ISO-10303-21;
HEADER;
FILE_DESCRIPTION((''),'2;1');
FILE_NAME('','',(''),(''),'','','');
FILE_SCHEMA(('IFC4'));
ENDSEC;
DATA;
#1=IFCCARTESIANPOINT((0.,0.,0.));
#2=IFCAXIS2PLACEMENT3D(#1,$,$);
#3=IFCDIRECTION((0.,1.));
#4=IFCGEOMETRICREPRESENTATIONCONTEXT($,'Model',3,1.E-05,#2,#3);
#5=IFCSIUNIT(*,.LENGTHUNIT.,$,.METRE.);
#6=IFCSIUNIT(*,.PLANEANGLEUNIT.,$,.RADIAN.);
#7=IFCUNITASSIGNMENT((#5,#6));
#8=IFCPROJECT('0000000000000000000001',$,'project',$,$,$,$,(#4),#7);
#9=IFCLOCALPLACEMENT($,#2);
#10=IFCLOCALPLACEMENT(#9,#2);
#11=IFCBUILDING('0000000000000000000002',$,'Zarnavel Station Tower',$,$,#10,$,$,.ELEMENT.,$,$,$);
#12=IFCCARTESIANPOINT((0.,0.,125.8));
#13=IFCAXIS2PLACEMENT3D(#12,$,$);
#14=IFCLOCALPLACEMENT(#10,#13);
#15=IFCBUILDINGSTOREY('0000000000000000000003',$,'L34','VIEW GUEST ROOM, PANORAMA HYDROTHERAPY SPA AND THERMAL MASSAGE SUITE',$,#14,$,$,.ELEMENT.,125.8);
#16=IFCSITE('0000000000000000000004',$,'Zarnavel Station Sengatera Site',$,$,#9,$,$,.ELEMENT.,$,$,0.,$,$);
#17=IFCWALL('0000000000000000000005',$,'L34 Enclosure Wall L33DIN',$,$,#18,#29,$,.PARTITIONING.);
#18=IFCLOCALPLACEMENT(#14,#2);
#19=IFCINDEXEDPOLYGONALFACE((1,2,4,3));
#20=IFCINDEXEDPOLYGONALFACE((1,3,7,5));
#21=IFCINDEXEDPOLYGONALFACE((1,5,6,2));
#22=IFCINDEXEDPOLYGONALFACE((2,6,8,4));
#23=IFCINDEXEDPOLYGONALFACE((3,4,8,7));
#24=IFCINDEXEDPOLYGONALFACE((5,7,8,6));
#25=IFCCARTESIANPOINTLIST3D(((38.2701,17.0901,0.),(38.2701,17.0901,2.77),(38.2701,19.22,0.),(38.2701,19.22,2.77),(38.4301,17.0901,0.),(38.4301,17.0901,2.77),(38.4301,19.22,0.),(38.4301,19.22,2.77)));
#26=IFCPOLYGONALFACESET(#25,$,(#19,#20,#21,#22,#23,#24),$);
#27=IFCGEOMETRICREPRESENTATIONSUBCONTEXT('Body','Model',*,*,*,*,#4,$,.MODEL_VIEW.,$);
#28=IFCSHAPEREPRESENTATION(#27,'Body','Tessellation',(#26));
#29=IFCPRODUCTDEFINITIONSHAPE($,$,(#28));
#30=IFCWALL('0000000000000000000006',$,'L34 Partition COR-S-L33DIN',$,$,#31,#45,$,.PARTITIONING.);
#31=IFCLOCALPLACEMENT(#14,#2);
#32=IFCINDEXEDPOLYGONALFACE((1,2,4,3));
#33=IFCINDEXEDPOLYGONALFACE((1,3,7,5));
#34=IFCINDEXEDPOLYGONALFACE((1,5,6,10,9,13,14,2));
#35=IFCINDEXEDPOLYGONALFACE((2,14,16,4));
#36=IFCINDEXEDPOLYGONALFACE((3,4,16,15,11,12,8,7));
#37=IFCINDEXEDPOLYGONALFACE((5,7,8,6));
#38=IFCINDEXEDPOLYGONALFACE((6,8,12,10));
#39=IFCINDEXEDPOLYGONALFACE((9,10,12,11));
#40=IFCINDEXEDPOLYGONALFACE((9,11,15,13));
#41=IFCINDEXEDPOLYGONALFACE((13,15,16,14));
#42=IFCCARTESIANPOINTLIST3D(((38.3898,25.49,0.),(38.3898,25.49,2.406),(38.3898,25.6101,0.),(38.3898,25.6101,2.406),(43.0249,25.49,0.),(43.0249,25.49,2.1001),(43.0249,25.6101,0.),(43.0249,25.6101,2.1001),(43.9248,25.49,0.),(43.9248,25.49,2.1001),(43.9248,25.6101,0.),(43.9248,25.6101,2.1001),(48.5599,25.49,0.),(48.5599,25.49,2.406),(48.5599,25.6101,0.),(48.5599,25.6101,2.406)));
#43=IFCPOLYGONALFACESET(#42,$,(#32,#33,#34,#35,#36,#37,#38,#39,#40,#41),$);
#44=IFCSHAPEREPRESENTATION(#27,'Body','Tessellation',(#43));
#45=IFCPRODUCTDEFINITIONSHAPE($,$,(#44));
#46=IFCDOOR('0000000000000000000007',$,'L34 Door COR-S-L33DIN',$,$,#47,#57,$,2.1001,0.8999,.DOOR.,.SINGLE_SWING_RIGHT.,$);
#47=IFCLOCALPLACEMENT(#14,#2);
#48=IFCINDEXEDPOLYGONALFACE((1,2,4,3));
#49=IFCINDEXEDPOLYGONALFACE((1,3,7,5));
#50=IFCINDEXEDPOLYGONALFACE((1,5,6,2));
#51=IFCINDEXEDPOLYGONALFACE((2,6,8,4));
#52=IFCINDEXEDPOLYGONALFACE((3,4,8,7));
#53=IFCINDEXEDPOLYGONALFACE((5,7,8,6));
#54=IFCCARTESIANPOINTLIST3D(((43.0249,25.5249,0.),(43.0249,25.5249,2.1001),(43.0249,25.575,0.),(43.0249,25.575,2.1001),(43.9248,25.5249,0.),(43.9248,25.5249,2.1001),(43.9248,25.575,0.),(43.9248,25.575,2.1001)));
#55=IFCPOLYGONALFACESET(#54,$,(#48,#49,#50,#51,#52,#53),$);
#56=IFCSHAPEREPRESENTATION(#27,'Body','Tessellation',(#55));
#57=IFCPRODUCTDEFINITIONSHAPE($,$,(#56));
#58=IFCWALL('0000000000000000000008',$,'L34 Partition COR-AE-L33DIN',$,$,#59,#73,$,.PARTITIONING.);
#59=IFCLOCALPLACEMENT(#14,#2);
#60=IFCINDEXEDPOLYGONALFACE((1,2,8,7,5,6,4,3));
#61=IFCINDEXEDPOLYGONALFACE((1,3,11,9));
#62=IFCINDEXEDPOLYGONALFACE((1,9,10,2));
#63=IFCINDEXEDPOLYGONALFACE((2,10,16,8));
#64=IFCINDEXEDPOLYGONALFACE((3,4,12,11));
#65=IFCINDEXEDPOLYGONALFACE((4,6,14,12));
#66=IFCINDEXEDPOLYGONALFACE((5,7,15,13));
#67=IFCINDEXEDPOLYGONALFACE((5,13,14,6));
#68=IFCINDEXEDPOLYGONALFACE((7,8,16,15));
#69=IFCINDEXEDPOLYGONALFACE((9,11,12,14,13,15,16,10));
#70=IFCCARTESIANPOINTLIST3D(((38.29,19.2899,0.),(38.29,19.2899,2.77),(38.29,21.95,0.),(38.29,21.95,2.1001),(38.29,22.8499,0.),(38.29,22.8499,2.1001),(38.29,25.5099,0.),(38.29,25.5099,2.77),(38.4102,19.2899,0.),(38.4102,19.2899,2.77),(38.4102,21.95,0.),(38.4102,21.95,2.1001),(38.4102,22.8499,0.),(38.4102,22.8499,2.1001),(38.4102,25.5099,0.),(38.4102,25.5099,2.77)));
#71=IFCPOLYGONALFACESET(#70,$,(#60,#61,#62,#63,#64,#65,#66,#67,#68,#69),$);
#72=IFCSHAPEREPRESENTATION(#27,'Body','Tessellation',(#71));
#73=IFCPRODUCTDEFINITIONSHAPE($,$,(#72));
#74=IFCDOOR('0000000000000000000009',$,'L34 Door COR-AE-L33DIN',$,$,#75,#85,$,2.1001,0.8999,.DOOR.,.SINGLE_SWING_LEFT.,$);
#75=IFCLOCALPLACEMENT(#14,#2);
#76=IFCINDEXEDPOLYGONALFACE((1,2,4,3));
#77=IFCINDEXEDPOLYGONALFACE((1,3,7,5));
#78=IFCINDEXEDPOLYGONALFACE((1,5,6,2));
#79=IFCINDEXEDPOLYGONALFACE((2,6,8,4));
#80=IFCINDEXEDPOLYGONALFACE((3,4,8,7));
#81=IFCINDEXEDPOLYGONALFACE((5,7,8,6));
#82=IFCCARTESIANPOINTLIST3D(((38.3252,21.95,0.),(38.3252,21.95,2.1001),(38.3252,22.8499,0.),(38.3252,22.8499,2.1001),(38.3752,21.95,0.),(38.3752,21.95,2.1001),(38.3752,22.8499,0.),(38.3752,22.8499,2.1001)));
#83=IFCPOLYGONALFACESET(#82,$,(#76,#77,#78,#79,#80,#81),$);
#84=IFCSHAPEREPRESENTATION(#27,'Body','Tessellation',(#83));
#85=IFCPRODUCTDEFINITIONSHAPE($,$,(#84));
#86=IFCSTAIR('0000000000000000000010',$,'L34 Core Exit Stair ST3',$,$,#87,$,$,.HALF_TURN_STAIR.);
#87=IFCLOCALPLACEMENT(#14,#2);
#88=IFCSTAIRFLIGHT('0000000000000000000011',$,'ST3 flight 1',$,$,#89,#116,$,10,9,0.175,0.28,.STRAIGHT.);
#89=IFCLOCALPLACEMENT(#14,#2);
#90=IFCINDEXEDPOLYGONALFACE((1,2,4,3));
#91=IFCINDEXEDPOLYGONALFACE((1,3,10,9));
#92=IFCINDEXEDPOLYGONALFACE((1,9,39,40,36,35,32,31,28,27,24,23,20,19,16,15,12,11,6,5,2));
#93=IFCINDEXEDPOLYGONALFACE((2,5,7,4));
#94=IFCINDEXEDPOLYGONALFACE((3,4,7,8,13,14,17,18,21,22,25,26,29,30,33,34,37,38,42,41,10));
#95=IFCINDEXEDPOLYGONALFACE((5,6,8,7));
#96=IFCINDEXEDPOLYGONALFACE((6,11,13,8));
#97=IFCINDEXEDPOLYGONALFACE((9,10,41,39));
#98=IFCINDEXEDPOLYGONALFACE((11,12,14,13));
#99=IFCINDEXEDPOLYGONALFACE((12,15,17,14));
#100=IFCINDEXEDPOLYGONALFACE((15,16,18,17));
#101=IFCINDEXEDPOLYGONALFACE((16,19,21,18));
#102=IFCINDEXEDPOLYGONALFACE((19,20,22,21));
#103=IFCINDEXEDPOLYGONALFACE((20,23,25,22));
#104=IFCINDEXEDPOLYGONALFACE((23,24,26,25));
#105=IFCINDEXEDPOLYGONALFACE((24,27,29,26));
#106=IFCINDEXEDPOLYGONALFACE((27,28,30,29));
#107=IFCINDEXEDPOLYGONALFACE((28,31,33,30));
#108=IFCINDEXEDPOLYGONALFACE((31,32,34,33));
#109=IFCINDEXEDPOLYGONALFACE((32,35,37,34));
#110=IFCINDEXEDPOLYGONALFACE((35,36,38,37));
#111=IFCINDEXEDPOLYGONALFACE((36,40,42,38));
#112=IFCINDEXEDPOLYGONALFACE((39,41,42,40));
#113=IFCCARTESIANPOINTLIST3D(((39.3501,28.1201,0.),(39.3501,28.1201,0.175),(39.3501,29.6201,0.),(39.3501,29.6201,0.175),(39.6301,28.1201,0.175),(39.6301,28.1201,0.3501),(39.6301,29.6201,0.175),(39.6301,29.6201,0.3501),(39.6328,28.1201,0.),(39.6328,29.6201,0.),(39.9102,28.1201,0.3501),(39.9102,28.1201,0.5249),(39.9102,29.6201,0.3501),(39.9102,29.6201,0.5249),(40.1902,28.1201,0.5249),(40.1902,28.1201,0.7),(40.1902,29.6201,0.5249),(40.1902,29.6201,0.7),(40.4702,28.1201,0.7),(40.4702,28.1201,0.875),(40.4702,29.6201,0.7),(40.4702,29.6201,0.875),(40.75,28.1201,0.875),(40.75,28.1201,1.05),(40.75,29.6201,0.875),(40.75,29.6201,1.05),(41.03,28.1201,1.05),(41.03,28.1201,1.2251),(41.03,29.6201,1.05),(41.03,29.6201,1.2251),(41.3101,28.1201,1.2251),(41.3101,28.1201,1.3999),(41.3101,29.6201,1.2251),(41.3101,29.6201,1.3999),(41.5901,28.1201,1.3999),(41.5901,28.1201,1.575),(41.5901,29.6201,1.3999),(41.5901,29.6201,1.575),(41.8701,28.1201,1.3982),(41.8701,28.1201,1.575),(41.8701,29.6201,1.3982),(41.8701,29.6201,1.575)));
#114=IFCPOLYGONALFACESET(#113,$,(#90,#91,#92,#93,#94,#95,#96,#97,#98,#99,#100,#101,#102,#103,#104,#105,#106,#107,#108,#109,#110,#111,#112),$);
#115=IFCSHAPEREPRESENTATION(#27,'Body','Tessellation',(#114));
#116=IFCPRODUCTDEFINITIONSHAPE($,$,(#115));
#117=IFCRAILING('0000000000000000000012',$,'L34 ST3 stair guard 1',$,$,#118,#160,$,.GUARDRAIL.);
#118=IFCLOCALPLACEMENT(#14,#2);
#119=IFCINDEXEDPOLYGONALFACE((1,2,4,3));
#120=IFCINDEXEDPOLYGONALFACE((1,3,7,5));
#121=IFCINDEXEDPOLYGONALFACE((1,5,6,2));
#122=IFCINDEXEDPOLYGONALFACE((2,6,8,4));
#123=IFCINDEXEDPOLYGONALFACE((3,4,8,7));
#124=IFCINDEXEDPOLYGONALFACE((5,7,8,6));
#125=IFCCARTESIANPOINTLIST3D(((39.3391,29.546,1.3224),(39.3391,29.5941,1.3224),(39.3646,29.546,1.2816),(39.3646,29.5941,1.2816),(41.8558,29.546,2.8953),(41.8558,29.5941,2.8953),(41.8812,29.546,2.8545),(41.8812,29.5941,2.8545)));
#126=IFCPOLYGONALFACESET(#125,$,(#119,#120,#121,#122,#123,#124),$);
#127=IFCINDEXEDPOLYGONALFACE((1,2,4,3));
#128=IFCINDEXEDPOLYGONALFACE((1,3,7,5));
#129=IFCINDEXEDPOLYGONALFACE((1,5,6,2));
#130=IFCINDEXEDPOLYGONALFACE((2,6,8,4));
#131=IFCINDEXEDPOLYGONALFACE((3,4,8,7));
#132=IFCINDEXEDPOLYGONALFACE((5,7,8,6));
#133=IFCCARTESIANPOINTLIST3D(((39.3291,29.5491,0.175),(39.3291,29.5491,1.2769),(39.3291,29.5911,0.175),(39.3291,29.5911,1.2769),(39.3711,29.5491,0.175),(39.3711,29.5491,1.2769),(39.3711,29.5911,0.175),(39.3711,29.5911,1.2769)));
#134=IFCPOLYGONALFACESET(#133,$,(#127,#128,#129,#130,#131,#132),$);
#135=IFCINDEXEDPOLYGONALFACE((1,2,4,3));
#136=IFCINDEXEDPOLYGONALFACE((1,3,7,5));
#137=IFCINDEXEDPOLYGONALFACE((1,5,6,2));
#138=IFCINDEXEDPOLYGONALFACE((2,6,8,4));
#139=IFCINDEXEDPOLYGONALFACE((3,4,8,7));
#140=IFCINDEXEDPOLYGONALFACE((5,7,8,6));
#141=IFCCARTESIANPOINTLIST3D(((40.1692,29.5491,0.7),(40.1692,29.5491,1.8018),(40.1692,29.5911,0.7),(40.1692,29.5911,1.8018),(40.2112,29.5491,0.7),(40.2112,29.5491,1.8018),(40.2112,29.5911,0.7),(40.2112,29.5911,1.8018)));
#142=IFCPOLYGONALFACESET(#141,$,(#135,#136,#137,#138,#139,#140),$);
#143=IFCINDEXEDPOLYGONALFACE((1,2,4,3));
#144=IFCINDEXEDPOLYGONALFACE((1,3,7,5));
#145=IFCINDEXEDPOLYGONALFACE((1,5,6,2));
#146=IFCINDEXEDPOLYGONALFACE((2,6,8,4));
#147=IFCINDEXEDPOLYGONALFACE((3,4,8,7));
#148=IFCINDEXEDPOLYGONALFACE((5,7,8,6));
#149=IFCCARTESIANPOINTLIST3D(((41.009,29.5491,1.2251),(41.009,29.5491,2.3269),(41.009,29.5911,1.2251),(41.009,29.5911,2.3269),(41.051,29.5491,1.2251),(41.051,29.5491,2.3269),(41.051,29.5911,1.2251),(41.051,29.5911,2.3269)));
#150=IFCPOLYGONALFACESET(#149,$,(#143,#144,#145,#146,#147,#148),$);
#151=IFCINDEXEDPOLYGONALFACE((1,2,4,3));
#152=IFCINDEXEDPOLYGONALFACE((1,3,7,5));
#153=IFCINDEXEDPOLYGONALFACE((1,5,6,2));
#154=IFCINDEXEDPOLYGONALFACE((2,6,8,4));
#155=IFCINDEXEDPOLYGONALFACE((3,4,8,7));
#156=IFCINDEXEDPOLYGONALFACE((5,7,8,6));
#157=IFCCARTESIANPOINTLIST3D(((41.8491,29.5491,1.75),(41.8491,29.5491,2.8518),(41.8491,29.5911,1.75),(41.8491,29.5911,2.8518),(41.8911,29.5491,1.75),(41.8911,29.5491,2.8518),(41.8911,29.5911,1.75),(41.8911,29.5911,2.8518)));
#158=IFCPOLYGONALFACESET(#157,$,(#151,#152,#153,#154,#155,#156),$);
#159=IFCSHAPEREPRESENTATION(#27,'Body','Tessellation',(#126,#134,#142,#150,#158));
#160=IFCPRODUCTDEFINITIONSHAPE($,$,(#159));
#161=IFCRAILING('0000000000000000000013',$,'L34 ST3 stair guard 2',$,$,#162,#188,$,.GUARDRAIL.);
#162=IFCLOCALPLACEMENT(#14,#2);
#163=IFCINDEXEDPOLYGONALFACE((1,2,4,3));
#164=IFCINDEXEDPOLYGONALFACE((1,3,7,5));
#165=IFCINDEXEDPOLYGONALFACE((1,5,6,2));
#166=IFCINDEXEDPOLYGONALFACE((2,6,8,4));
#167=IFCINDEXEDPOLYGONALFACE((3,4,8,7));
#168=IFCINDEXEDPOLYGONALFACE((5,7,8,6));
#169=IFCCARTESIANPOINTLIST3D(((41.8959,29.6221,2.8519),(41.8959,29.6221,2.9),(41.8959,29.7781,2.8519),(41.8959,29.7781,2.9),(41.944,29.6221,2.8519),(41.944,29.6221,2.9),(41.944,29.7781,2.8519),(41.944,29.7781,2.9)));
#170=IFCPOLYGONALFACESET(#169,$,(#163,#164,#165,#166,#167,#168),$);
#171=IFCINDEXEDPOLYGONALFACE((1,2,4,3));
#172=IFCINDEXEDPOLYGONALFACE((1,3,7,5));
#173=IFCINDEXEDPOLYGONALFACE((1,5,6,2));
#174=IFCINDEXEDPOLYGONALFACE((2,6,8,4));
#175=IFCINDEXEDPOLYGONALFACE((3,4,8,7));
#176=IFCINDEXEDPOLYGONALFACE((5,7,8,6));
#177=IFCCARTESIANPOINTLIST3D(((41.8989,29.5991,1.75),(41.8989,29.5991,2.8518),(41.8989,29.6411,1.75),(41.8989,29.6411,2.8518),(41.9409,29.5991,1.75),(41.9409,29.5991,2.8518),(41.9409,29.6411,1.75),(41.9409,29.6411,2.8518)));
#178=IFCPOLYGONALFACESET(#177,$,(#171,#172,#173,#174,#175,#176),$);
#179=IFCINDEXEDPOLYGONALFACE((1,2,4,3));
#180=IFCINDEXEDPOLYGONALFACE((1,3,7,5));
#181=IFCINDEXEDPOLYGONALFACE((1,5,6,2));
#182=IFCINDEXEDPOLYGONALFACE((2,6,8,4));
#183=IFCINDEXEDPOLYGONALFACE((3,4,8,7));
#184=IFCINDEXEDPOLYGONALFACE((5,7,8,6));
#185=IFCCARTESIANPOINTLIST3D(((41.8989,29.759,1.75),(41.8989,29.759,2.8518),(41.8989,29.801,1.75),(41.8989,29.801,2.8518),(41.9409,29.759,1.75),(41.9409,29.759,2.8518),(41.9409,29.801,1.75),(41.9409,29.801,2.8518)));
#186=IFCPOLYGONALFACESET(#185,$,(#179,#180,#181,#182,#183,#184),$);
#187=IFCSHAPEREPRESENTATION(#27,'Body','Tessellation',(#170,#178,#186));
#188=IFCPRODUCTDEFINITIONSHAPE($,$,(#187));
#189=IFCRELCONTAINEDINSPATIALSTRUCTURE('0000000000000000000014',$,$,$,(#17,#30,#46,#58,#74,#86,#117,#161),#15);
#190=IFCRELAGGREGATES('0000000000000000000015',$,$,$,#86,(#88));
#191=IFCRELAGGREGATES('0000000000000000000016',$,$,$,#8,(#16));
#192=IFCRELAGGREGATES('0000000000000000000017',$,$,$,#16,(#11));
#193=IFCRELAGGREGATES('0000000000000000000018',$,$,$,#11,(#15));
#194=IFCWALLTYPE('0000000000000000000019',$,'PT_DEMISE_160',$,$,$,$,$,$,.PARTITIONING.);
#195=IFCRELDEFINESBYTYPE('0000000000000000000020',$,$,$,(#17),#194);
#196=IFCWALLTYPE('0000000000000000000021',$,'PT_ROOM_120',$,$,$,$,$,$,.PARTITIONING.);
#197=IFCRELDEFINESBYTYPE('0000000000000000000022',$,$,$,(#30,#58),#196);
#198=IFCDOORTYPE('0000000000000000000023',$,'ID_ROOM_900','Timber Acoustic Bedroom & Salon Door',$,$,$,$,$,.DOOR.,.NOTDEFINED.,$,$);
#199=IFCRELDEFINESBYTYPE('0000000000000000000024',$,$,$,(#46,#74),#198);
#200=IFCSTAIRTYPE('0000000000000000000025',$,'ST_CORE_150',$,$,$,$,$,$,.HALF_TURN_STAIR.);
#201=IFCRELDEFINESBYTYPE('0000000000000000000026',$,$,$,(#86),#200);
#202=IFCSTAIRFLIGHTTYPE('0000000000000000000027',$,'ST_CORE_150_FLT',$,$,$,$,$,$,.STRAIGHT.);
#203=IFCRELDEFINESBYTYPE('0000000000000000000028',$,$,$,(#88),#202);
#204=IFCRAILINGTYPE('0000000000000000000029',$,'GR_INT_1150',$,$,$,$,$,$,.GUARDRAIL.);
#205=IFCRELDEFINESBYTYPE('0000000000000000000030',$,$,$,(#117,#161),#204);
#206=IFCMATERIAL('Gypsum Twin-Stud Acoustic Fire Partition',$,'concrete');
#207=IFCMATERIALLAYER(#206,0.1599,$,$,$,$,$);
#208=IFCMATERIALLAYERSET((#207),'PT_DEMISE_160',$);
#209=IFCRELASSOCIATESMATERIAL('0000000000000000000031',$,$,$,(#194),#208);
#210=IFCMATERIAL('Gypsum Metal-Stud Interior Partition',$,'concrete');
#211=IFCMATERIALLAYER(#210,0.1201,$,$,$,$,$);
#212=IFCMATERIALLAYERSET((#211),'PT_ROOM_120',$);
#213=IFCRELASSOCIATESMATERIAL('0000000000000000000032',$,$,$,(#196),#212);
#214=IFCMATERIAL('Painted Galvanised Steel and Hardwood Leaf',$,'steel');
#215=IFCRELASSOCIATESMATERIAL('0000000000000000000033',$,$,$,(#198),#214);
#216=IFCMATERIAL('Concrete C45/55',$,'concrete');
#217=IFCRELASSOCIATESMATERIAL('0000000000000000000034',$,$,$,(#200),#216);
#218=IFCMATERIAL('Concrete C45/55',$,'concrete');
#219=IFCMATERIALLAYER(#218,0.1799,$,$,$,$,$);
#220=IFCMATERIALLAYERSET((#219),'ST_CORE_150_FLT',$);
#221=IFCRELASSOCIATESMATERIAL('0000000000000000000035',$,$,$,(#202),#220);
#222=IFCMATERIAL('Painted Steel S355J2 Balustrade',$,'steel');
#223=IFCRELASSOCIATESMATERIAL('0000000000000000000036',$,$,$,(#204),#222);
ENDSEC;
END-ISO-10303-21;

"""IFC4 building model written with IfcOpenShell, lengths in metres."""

from ifc_helpers import new_model, si_unit, direction, frame, frame_2d, origin, origin_2d, place, context, subcontext, project, spatial, polyline, rectangle, outline, extrude, material, layer, layer_set, type_object, element, fill, aggregate, save


model = new_model("IFC4")

# Units and contexts
model_context = context("Model", 3, precision=1e-05, world=origin(), true_north=direction((0.0, 1.0)))
body_context = subcontext(model_context, "Body", "Model", "MODEL_VIEW")
ifc_project = project(units=[si_unit("LENGTHUNIT", "METRE"), si_unit("PLANEANGLEUNIT", "RADIAN")], contexts=[model_context])

# Site, building, storey
site_placement = place(None, origin())
site = spatial("IfcSite", under=ifc_project, at=site_placement, Name="Zarnavel Station Sengatera Site", CompositionType="ELEMENT", RefElevation=0.0)
building_placement = place(site_placement, origin())
building = spatial("IfcBuilding", under=site, at=building_placement, Name="Zarnavel Station Tower", CompositionType="ELEMENT")
storey_placement = place(building_placement, frame((0.0, 0.0, 125.8)))
storey = spatial("IfcBuildingStorey", under=building, at=storey_placement, Name="L34", Description="VIEW GUEST ROOM, PANORAMA HYDROTHERAPY SPA AND THERMAL MASSAGE SUITE", CompositionType="ELEMENT", Elevation=125.8)

# Wall
ifc_material_1 = material(Name="Gypsum Twin-Stud Acoustic Fire Partition", Category="concrete")
ifc_layer_1 = layer(ifc_material_1, 0.1599)
ifc_layer_set_1 = layer_set([ifc_layer_1], Name="PT_DEMISE_160")
wall_type_1 = type_object("IfcWallType", Name="PT_DEMISE_160", PredefinedType="PARTITIONING", material=ifc_layer_set_1)
wall_1_placement = place(storey_placement, frame((38.3501, 17.0901, 0.0), z_axis=(0.0, 0.0, 1.0), x_axis=(0.0, 1.0, 0.0)))
element("IfcWall", 1, at=wall_1_placement, inside=storey, type_object=wall_type_1, Name="L34 Enclosure Wall L33DIN", PredefinedType="PARTITIONING", context=body_context, shape_type="SweptSolid", body=[
    extrude(rectangle(XDim=2.1299, YDim=0.1599, at=frame_2d((1.0649, 0.0))), origin(), (0.0, 0.0, 1.0), 2.77),
])

# Walls, openings, doors
ifc_material_2 = material(Name="Gypsum Metal-Stud Interior Partition", Category="concrete")
ifc_layer_2 = layer(ifc_material_2, 0.1201)
ifc_layer_set_2 = layer_set([ifc_layer_2], Name="PT_ROOM_120")
wall_type_2 = type_object("IfcWallType", Name="PT_ROOM_120", PredefinedType="PARTITIONING", material=ifc_layer_set_2)
wall_2_placement = place(storey_placement, frame((38.3899, 25.55, 0.0), z_axis=(0.0, 0.0, 1.0), x_axis=(1.0, 0.0, 0.0)))
wall_2 = element("IfcWall", 2, at=wall_2_placement, inside=storey, type_object=wall_type_2, Name="L34 Partition COR-S-L33DIN", PredefinedType="PARTITIONING", context=body_context, shape_type="SweptSolid", body=[
    extrude(rectangle(XDim=10.1702, YDim=0.1201, at=frame_2d((5.085, 0.0))), origin(), (0.0, 0.0, 1.0), 2.406),
])
opening_1_placement = place(wall_2_placement, frame((4.635, 0.0, 0.0)))
opening_1 = element("IfcOpeningElement", 3, at=opening_1_placement, cuts=wall_2, PredefinedType="OPENING", context=body_context, shape_type="SweptSolid", body=[
    extrude(rectangle(XDim=0.8999, YDim=2.1001, at=frame_2d((0.45, 1.05))), frame((0.0, 0.0701, 0.0), z_axis=(0.0, -1.0, 0.0), x_axis=(1.0, 0.0, 0.0)), (0.0, 0.0, 1.0), 0.1401),
])
ifc_material_3 = material(Name="Painted Galvanised Steel and Hardwood Leaf", Category="steel")
door_type_1 = type_object("IfcDoorType", Name="ID_ROOM_900", Description="Timber Acoustic Bedroom & Salon Door", OperationType="NOTDEFINED", PredefinedType="DOOR", material=ifc_material_3)
door_1_placement = place(opening_1_placement, origin())
door_1 = element("IfcDoor", 4, at=door_1_placement, inside=storey, type_object=door_type_1, Name="L34 Door COR-S-L33DIN", OperationType="SINGLE_SWING_RIGHT", OverallHeight=2.1001, OverallWidth=0.8999, PredefinedType="DOOR", context=body_context, shape_type="SweptSolid", body=[
    extrude(rectangle(XDim=0.8999, YDim=2.1001, at=frame_2d((0.45, 1.05))), frame((0.0, 0.0249, 0.0), z_axis=(0.0, -1.0, 0.0), x_axis=(1.0, 0.0, 0.0)), (0.0, 0.0, 1.0), 0.05),
])
fill(opening_1, door_1)
wall_3_placement = place(storey_placement, frame((38.3501, 19.29, 0.0), z_axis=(0.0, 0.0, 1.0), x_axis=(0.0, 1.0, 0.0)))
wall_3 = element("IfcWall", 5, at=wall_3_placement, inside=storey, type_object=wall_type_2, Name="L34 Partition COR-AE-L33DIN", PredefinedType="PARTITIONING", context=body_context, shape_type="SweptSolid", body=[
    extrude(rectangle(XDim=6.22, YDim=0.1201, at=frame_2d((3.1099, 0.0))), origin(), (0.0, 0.0, 1.0), 2.77),
])
opening_2_placement = place(wall_3_placement, frame((2.6599, 0.0, 0.0)))
opening_2 = element("IfcOpeningElement", 6, at=opening_2_placement, cuts=wall_3, PredefinedType="OPENING", context=body_context, shape_type="SweptSolid", body=[
    extrude(rectangle(XDim=0.8999, YDim=2.1001, at=frame_2d((0.45, 1.05))), frame((0.0, 0.0701, 0.0), z_axis=(0.0, -1.0, 0.0), x_axis=(1.0, 0.0, 0.0)), (0.0, 0.0, 1.0), 0.1401),
])
door_2_placement = place(opening_2_placement, origin())
door_2 = element("IfcDoor", 7, at=door_2_placement, inside=storey, type_object=door_type_1, Name="L34 Door COR-AE-L33DIN", OperationType="SINGLE_SWING_LEFT", OverallHeight=2.1001, OverallWidth=0.8999, PredefinedType="DOOR", context=body_context, shape_type="SweptSolid", body=[
    extrude(rectangle(XDim=0.8999, YDim=2.1001, at=frame_2d((0.45, 1.05))), frame((0.0, 0.0249, 0.0), z_axis=(0.0, -1.0, 0.0), x_axis=(1.0, 0.0, 0.0)), (0.0, 0.0, 1.0), 0.05),
])
fill(opening_2, door_2)

# Stair, stair flight
ifc_material_4 = material(Name="Concrete C45/55", Category="concrete")
stair_type = type_object("IfcStairType", Name="ST_CORE_150", PredefinedType="HALF_TURN_STAIR", material=ifc_material_4)
stair_placement = place(storey_placement, origin())
stair = element("IfcStair", 8, at=stair_placement, inside=storey, type_object=stair_type, Name="L34 Core Exit Stair ST3", PredefinedType="HALF_TURN_STAIR")
ifc_material_5 = material(Name="Concrete C45/55", Category="concrete")
ifc_layer_3 = layer(ifc_material_5, 0.1799)
ifc_layer_set_3 = layer_set([ifc_layer_3], Name="ST_CORE_150_FLT")
stair_flight_type = type_object("IfcStairFlightType", Name="ST_CORE_150_FLT", PredefinedType="STRAIGHT", material=ifc_layer_set_3)
stair_flight_placement = place(storey_placement, frame((39.3501, 28.8701, 0.0), z_axis=(0.0, 0.0, 1.0), x_axis=(1.0, 0.0, 0.0)))
stair_flight = element("IfcStairFlight", 9, at=stair_flight_placement, type_object=stair_flight_type, Name="ST3 flight 1", NumberOfRisers=10, NumberOfTreads=9, PredefinedType="STRAIGHT", RiserHeight=0.175, TreadLength=0.28, context=body_context, shape_type="SweptSolid", body=[
    extrude(outline(polyline([(0.0, 0.0), (0.0, 0.175), (0.28, 0.175), (0.28, 0.3501), (0.5601, 0.3501), (0.5601, 0.5249), (0.8401, 0.5249), (0.8401, 0.7), (1.1201, 0.7), (1.1201, 0.875), (1.3999, 0.875), (1.3999, 1.05), (1.6799, 1.05), (1.6799, 1.2251), (1.96, 1.2251), (1.96, 1.3999), (2.24, 1.3999), (2.24, 1.575), (2.52, 1.575), (2.52, 1.75), (2.52, 1.3982), (0.2827, 0.0), (0.0, 0.0)])), frame((0.0, 0.75, 0.0), z_axis=(0.0, -1.0, 0.0), x_axis=(1.0, 0.0, 0.0)), (0.0, 0.0, 1.0), 1.5),
])
aggregate(stair, [stair_flight])

# Railings
ifc_material_6 = material(Name="Painted Steel S355J2 Balustrade", Category="steel")
railing_type_1 = type_object("IfcRailingType", Name="GR_INT_1150", PredefinedType="GUARDRAIL", material=ifc_material_6)
railing_1_placement = place(storey_placement, frame((39.3501, 29.5701, 0.175)))
element("IfcRailing", 10, at=railing_1_placement, inside=storey, type_object=railing_type_1, Name="L34 ST3 stair guard 1", PredefinedType="GUARDRAIL", context=body_context, shape_type="SweptSolid", body=[
    extrude(rectangle(XDim=0.0481, YDim=0.0481, at=origin_2d()), frame((0.0017, 0.0, 1.127), z_axis=(0.848008, 0.0, 0.529984), x_axis=(0.0, 1.0, 0.0)), (0.0, 0.0, 1.0), 2.9678),
    extrude(rectangle(XDim=0.042, YDim=0.042, at=origin_2d()), origin(), (0.0, 0.0, 1.0), 1.1018),
    extrude(rectangle(XDim=0.042, YDim=0.042, at=origin_2d()), frame((0.8401, 0.0, 0.5249)), (0.0, 0.0, 1.0), 1.1018),
    extrude(rectangle(XDim=0.042, YDim=0.042, at=origin_2d()), frame((1.6799, 0.0, 1.05)), (0.0, 0.0, 1.0), 1.1018),
    extrude(rectangle(XDim=0.042, YDim=0.042, at=origin_2d()), frame((2.52, 0.0, 1.575)), (0.0, 0.0, 1.0), 1.1018),
])
for number, where, name in (
    (11, (41.9199, 29.6201, 1.75), "L34 ST3 stair guard 2"),
):
    element("IfcRailing", number, at=place(storey_placement, frame(where)), inside=storey, type_object=railing_type_1, Name=name, PredefinedType="GUARDRAIL", context=body_context, shape_type="SweptSolid", body=[
        extrude(rectangle(XDim=0.0481, YDim=0.0481, at=origin_2d()), frame((0.0, 0.002, 1.126), z_axis=(0.0, 1.0, 0.0), x_axis=(-1.0, 0.0, 0.0)), (0.0, 0.0, 1.0), 0.156),
        extrude(rectangle(XDim=0.042, YDim=0.042, at=origin_2d()), origin(), (0.0, 0.0, 1.0), 1.1018),
        extrude(rectangle(XDim=0.042, YDim=0.042, at=origin_2d()), frame((0.0, 0.1599, 0.0)), (0.0, 0.0, 1.0), 1.1018),
    ])

save(model, "model.ifc")
